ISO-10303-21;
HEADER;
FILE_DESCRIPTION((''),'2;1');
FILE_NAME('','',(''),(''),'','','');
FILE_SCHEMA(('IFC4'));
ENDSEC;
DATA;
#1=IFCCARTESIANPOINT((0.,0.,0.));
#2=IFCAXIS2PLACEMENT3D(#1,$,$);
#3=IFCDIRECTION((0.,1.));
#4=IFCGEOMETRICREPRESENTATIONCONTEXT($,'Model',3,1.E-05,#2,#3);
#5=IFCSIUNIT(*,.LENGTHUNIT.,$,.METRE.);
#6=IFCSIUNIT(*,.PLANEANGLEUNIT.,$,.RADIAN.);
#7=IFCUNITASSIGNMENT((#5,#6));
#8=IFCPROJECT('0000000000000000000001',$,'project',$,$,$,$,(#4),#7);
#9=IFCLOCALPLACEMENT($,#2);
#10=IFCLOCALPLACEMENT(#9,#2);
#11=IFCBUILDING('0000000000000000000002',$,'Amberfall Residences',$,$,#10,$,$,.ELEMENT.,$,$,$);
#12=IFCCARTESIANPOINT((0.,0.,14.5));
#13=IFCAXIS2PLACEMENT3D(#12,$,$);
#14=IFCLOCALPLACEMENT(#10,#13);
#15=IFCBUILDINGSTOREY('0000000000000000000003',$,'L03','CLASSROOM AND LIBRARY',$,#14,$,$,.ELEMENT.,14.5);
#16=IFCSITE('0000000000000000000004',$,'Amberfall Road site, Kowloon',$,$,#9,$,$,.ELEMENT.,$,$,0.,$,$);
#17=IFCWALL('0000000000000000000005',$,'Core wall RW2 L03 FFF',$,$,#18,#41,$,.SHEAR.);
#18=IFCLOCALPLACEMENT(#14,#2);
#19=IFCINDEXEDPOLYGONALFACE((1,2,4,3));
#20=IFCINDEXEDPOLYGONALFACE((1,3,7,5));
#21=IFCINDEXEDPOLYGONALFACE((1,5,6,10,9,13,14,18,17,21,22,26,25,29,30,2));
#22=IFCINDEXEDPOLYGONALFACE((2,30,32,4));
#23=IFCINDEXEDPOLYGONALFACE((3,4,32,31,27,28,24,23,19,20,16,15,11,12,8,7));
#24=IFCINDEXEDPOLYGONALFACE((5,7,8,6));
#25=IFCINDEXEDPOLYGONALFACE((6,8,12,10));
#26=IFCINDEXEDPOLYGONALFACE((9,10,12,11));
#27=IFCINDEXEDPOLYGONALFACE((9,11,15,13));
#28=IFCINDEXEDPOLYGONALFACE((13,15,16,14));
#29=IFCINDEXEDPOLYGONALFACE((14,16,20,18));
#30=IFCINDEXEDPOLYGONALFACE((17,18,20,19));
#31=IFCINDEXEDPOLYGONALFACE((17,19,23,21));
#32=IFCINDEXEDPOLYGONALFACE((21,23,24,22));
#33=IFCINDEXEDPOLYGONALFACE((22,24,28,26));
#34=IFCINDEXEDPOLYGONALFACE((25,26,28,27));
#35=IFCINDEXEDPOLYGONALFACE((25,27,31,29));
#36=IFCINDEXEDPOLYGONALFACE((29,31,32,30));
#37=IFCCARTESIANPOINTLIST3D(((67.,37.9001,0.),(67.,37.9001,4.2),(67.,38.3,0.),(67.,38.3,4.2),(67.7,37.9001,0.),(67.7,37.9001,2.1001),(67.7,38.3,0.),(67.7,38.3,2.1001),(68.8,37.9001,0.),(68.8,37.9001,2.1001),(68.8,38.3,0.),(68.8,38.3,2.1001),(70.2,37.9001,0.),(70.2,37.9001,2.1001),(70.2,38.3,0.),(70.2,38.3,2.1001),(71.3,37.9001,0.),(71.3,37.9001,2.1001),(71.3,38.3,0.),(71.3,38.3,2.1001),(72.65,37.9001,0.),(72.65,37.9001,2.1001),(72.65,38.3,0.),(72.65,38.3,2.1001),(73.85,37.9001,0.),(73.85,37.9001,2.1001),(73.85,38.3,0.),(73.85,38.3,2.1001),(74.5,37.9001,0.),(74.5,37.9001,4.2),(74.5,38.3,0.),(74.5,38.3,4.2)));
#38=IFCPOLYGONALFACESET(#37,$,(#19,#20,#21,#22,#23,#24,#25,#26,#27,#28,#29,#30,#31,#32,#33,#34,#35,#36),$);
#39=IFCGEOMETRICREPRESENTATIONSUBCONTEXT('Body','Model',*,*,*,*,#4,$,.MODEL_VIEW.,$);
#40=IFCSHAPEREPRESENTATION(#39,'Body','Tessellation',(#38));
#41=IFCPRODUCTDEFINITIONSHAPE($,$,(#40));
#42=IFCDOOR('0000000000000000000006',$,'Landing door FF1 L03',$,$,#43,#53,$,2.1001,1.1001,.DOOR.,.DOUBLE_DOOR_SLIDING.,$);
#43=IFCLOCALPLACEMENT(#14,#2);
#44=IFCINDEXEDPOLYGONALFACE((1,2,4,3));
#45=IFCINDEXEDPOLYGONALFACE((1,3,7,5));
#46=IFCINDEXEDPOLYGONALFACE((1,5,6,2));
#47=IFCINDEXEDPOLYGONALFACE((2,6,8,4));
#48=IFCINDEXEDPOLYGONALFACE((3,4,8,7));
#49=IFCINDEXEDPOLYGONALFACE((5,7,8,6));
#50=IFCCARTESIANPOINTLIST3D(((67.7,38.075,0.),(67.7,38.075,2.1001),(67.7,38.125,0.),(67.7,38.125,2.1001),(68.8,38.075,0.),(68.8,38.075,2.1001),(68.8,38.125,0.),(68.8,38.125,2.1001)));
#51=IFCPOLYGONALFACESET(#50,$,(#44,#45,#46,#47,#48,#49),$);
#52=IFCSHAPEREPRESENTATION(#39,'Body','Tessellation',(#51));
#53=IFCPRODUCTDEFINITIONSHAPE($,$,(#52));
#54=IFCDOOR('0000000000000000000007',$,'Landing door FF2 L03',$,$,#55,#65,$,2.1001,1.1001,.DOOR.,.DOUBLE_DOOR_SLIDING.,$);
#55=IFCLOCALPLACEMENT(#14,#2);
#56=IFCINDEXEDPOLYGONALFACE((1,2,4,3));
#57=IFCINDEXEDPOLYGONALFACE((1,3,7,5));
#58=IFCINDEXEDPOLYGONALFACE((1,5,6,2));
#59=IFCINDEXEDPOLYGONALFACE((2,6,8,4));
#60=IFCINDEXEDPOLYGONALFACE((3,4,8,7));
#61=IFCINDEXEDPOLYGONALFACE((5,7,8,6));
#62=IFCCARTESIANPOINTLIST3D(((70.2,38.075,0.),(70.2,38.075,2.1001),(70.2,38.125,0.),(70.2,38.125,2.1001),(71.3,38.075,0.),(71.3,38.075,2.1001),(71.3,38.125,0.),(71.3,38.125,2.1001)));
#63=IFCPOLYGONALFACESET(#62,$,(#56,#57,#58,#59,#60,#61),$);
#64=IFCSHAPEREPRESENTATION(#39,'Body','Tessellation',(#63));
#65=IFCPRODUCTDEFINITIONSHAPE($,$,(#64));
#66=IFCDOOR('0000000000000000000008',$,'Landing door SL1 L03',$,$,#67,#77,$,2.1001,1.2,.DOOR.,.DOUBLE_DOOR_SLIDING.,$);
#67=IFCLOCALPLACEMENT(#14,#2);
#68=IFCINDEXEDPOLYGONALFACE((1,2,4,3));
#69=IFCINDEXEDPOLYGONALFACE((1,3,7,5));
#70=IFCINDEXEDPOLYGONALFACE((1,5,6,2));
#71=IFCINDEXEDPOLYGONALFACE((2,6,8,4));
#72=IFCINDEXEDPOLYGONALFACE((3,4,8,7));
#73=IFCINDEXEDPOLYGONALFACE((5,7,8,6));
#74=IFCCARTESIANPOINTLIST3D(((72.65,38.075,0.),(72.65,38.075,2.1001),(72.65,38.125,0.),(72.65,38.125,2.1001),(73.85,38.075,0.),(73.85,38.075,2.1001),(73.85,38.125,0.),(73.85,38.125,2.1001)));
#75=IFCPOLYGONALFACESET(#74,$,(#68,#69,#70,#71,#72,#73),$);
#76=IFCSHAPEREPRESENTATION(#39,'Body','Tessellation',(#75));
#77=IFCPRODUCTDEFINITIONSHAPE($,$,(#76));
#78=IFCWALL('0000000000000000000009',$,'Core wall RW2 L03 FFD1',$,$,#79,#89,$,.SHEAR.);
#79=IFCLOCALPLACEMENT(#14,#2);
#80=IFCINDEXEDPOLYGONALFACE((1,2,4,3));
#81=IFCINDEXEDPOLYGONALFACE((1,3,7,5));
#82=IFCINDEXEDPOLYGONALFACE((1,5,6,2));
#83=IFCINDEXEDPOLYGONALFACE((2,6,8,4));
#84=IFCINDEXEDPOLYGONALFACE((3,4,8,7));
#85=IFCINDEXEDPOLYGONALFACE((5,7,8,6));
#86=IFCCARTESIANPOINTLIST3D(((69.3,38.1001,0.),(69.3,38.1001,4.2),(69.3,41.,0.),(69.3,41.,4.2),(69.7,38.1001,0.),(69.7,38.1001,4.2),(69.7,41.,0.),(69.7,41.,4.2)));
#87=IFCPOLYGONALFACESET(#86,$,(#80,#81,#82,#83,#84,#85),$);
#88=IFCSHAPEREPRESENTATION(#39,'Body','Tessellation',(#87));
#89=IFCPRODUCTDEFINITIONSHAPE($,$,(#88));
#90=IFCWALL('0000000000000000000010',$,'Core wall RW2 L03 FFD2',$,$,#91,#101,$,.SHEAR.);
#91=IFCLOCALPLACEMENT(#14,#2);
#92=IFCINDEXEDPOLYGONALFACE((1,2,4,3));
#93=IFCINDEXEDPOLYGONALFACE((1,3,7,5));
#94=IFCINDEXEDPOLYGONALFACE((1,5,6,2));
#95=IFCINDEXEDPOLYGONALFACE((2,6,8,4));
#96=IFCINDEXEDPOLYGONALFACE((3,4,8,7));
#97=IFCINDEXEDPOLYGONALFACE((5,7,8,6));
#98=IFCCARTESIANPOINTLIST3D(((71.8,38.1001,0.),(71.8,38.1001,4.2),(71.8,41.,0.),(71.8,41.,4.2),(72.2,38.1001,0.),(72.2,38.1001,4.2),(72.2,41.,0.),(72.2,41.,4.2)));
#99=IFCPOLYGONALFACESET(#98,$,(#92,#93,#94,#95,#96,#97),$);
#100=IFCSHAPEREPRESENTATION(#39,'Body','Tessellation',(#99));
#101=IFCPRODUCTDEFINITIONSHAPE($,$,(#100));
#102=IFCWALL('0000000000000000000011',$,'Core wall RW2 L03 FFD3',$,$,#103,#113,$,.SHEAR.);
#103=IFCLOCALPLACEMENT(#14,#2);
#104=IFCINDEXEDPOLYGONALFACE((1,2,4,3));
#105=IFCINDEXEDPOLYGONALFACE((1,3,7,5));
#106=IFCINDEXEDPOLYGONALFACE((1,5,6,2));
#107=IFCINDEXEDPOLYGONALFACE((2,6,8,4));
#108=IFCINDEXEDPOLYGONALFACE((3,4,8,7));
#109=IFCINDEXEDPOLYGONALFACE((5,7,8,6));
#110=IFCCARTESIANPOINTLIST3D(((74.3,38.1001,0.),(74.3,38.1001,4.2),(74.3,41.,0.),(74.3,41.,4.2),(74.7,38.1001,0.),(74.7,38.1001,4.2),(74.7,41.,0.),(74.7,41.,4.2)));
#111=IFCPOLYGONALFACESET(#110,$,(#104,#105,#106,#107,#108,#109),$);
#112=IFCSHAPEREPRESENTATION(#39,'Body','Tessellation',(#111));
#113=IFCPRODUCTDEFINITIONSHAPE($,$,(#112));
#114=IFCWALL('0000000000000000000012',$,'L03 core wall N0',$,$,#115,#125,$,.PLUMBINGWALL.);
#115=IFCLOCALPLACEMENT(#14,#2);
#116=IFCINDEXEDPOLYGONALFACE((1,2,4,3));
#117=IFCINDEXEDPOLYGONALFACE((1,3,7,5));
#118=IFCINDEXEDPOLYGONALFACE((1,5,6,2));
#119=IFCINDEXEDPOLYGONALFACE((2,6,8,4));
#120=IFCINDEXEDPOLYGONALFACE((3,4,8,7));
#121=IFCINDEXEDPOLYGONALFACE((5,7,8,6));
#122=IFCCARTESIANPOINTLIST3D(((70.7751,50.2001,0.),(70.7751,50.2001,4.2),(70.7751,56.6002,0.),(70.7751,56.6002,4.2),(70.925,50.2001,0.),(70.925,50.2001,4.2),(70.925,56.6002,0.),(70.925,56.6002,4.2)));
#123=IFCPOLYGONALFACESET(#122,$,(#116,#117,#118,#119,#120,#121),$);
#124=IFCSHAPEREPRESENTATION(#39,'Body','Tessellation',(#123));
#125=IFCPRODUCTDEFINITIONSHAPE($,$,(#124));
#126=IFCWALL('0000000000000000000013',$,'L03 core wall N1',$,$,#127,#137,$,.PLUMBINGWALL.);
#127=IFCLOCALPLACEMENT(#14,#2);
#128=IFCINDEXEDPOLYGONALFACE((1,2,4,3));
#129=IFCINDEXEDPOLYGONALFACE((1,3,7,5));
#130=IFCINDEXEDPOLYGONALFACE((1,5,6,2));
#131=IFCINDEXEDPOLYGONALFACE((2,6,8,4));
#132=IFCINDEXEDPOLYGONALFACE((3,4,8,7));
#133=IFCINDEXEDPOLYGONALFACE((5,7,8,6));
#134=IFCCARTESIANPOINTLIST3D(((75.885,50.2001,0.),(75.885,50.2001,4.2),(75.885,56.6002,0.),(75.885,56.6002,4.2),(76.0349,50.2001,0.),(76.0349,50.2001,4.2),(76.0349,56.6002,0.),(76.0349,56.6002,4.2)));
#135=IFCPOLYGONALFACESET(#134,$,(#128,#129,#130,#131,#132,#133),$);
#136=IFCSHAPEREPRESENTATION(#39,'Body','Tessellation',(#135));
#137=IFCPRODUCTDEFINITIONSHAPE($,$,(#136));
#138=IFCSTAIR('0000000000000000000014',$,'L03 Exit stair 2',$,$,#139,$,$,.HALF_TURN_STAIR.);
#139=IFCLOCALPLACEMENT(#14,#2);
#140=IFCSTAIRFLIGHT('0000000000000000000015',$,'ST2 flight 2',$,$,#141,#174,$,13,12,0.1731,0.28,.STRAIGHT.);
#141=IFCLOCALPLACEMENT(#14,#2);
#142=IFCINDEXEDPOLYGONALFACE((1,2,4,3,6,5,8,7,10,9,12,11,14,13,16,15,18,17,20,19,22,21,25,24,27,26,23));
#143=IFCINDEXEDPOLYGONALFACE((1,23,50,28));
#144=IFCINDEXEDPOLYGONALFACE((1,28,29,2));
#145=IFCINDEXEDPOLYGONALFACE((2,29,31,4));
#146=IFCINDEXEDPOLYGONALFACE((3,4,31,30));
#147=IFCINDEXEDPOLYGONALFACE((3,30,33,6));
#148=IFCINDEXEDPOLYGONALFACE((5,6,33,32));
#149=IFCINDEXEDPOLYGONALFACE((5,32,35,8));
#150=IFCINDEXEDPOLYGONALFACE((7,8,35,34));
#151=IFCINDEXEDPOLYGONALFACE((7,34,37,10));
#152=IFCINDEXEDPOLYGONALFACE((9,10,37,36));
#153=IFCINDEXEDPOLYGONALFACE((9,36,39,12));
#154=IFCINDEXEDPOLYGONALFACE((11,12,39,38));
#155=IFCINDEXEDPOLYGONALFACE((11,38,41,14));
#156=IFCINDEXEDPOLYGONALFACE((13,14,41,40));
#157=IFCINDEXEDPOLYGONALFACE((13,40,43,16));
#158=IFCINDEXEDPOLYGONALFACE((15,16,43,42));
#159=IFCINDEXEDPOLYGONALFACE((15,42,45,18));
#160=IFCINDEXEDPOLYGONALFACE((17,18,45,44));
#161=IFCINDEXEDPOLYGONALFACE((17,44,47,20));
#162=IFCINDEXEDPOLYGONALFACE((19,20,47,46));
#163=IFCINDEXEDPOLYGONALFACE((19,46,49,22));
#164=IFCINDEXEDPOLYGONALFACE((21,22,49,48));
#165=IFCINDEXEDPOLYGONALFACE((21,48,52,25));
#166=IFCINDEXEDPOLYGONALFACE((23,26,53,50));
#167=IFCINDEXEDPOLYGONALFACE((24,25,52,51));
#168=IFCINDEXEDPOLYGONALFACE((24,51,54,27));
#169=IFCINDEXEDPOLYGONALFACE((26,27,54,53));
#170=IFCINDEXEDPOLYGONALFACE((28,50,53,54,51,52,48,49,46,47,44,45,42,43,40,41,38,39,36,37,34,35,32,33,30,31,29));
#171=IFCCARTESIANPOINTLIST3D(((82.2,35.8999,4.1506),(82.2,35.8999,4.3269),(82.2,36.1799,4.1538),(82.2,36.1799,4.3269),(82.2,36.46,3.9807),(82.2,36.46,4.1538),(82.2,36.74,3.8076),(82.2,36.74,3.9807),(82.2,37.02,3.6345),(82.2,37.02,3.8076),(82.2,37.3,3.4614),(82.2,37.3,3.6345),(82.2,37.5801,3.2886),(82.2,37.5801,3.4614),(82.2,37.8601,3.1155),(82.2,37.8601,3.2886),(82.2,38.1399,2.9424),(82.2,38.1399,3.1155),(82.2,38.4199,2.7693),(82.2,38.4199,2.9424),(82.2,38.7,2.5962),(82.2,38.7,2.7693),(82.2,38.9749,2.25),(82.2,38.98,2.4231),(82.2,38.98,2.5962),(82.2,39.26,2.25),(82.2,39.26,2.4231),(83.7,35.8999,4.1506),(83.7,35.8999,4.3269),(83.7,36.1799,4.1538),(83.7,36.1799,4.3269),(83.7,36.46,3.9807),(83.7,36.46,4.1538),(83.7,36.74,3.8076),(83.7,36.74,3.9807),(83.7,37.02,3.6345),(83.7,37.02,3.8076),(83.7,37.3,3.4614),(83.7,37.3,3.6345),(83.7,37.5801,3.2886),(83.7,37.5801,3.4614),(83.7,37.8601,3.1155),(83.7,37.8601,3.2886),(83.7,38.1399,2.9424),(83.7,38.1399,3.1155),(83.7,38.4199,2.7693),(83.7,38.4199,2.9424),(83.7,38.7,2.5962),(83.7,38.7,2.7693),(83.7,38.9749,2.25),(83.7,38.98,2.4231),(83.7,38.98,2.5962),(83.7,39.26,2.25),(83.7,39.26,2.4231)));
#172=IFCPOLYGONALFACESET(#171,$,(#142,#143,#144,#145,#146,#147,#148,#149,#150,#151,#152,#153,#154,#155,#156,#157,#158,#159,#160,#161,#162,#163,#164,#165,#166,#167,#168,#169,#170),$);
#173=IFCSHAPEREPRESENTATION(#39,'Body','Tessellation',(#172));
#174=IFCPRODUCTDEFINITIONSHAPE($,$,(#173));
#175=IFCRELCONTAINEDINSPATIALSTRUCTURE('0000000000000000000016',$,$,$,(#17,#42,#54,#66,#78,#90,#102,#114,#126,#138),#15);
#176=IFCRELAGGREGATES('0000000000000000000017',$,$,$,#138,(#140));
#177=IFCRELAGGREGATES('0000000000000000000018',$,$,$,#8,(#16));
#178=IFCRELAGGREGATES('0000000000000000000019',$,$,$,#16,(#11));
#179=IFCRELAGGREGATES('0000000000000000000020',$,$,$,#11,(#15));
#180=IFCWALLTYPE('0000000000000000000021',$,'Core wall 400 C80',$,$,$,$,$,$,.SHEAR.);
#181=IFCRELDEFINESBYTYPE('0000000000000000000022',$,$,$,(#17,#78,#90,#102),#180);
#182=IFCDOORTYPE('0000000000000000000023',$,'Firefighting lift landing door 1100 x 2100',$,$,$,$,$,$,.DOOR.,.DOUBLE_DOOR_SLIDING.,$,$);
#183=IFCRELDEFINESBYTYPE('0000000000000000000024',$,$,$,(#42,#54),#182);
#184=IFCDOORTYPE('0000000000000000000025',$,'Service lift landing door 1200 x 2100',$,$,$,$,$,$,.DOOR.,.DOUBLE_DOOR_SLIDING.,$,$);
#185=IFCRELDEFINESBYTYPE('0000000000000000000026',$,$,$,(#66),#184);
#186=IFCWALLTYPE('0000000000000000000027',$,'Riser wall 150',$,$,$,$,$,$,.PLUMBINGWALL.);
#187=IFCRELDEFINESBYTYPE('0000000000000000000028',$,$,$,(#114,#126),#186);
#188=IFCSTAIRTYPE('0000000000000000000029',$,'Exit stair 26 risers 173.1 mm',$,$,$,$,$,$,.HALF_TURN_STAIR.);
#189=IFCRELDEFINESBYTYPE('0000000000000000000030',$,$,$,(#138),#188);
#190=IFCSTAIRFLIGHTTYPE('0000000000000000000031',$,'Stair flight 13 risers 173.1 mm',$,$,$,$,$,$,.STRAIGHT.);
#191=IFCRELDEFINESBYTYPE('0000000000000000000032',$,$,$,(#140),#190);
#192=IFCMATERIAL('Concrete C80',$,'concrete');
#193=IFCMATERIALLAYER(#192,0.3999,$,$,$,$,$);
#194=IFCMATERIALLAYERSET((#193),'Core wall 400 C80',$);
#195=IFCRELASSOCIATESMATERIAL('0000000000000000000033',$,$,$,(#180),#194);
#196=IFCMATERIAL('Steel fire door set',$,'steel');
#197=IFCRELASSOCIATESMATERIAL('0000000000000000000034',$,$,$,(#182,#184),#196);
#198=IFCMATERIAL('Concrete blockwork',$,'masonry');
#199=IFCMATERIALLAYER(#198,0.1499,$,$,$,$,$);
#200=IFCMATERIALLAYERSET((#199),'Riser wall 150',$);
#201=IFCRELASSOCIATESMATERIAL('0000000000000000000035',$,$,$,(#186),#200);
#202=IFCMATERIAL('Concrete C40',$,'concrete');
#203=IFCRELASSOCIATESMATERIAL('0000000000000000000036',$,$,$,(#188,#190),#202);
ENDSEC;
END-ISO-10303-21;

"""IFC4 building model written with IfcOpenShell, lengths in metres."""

from ifc_helpers import new_model, si_unit, direction, frame, frame_2d, origin, place, context, subcontext, project, spatial, polyline, rectangle, outline, extrude, material, layer, layer_set, type_object, element, fill, aggregate, save


model = new_model("IFC4")

# Units and contexts
model_context = context("Model", 3, precision=1e-05, world=origin(), true_north=direction((0.0, 1.0)))
body_context = subcontext(model_context, "Body", "Model", "MODEL_VIEW")
ifc_project = project(units=[si_unit("LENGTHUNIT", "METRE"), si_unit("PLANEANGLEUNIT", "RADIAN")], contexts=[model_context])

# Site, building, storey
site_placement = place(None, origin())
site = spatial("IfcSite", under=ifc_project, at=site_placement, Name="Amberfall Road site, Kowloon", CompositionType="ELEMENT", RefElevation=0.0)
building_placement = place(site_placement, origin())
building = spatial("IfcBuilding", under=site, at=building_placement, Name="Amberfall Residences", CompositionType="ELEMENT")
storey_placement = place(building_placement, frame((0.0, 0.0, 14.5)))
storey = spatial("IfcBuildingStorey", under=building, at=storey_placement, Name="L03", Description="CLASSROOM AND LIBRARY", CompositionType="ELEMENT", Elevation=14.5)

# Shared definitions
ifc_material_1 = material(Name="Concrete C80", Category="concrete")
ifc_layer_1 = layer(ifc_material_1, 0.3999)
ifc_layer_set_1 = layer_set([ifc_layer_1], Name="Core wall 400 C80")
wall_type_1 = type_object("IfcWallType", Name="Core wall 400 C80", PredefinedType="SHEAR", material=ifc_layer_set_1)

# Wall, openings, doors
wall_placement = place(storey_placement, frame((67.0, 38.1001, 0.0), z_axis=(0.0, 0.0, 1.0), x_axis=(1.0, 0.0, 0.0)))
wall = element("IfcWall", 1, at=wall_placement, inside=storey, type_object=wall_type_1, Name="Core wall RW2 L03 FFF", PredefinedType="SHEAR", context=body_context, shape_type="SweptSolid", body=[
    extrude(rectangle(XDim=7.5, YDim=0.3999, at=frame_2d((3.75, 0.0))), origin(), (0.0, 0.0, 1.0), 4.2),
])
opening_1_placement = place(wall_placement, frame((0.7, 0.0, 0.0)))
opening_1 = element("IfcOpeningElement", 2, at=opening_1_placement, cuts=wall, PredefinedType="OPENING", context=body_context, shape_type="SweptSolid", body=[
    extrude(rectangle(XDim=1.1001, YDim=2.1001, at=frame_2d((0.55, 1.05))), frame((0.0, 0.21, 0.0), z_axis=(0.0, -1.0, 0.0), x_axis=(1.0, 0.0, 0.0)), (0.0, 0.0, 1.0), 0.4199),
])
opening_2_placement = place(wall_placement, frame((3.2, 0.0, 0.0)))
opening_2 = element("IfcOpeningElement", 3, at=opening_2_placement, cuts=wall, PredefinedType="OPENING", context=body_context, shape_type="SweptSolid", body=[
    extrude(rectangle(XDim=1.1001, YDim=2.1001, at=frame_2d((0.55, 1.05))), frame((0.0, 0.21, 0.0), z_axis=(0.0, -1.0, 0.0), x_axis=(1.0, 0.0, 0.0)), (0.0, 0.0, 1.0), 0.4199),
])
opening_3_placement = place(wall_placement, frame((5.6499, 0.0, 0.0)))
opening_3 = element("IfcOpeningElement", 4, at=opening_3_placement, cuts=wall, PredefinedType="OPENING", context=body_context, shape_type="SweptSolid", body=[
    extrude(rectangle(XDim=1.2, YDim=2.1001, at=frame_2d((0.6001, 1.05))), frame((0.0, 0.21, 0.0), z_axis=(0.0, -1.0, 0.0), x_axis=(1.0, 0.0, 0.0)), (0.0, 0.0, 1.0), 0.4199),
])
ifc_material_2 = material(Name="Steel fire door set", Category="steel")
door_type_1 = type_object("IfcDoorType", Name="Firefighting lift landing door 1100 x 2100", OperationType="DOUBLE_DOOR_SLIDING", PredefinedType="DOOR", material=ifc_material_2)
door_1_placement = place(opening_1_placement, origin())
door_1 = element("IfcDoor", 5, at=door_1_placement, inside=storey, type_object=door_type_1, Name="Landing door FF1 L03", OperationType="DOUBLE_DOOR_SLIDING", OverallHeight=2.1001, OverallWidth=1.1001, PredefinedType="DOOR", context=body_context, shape_type="SweptSolid", body=[
    extrude(rectangle(XDim=1.1001, YDim=2.1001, at=frame_2d((0.55, 1.05))), frame((0.0, 0.0249, 0.0), z_axis=(0.0, -1.0, 0.0), x_axis=(1.0, 0.0, 0.0)), (0.0, 0.0, 1.0), 0.05),
])
fill(opening_1, door_1)
door_2_placement = place(opening_2_placement, origin())
door_2 = element("IfcDoor", 6, at=door_2_placement, inside=storey, type_object=door_type_1, Name="Landing door FF2 L03", OperationType="DOUBLE_DOOR_SLIDING", OverallHeight=2.1001, OverallWidth=1.1001, PredefinedType="DOOR", context=body_context, shape_type="SweptSolid", body=[
    extrude(rectangle(XDim=1.1001, YDim=2.1001, at=frame_2d((0.55, 1.05))), frame((0.0, 0.0249, 0.0), z_axis=(0.0, -1.0, 0.0), x_axis=(1.0, 0.0, 0.0)), (0.0, 0.0, 1.0), 0.05),
])
fill(opening_2, door_2)
door_type_2 = type_object("IfcDoorType", Name="Service lift landing door 1200 x 2100", OperationType="DOUBLE_DOOR_SLIDING", PredefinedType="DOOR", material=ifc_material_2)
door_3_placement = place(opening_3_placement, origin())
door_3 = element("IfcDoor", 7, at=door_3_placement, inside=storey, type_object=door_type_2, Name="Landing door SL1 L03", OperationType="DOUBLE_DOOR_SLIDING", OverallHeight=2.1001, OverallWidth=1.2, PredefinedType="DOOR", context=body_context, shape_type="SweptSolid", body=[
    extrude(rectangle(XDim=1.2, YDim=2.1001, at=frame_2d((0.6001, 1.05))), frame((0.0, 0.0249, 0.0), z_axis=(0.0, -1.0, 0.0), x_axis=(1.0, 0.0, 0.0)), (0.0, 0.0, 1.0), 0.05),
])
fill(opening_3, door_3)

# Walls
for number, where, z_axis, x_axis, name in (
    (8, (69.5, 38.1001, 0.0), (0.0, 0.0, 1.0), (0.0, 1.0, 0.0), "Core wall RW2 L03 FFD1"),
    (9, (72.0, 38.1001, 0.0), (0.0, 0.0, 1.0), (0.0, 1.0, 0.0), "Core wall RW2 L03 FFD2"),
    (10, (74.5, 38.1001, 0.0), (0.0, 0.0, 1.0), (0.0, 1.0, 0.0), "Core wall RW2 L03 FFD3"),
):
    element("IfcWall", number, at=place(storey_placement, frame(where, z_axis=z_axis, x_axis=x_axis)), inside=storey, type_object=wall_type_1, Name=name, PredefinedType="SHEAR", context=body_context, shape_type="SweptSolid", body=[
        extrude(rectangle(XDim=2.8999, YDim=0.3999, at=frame_2d((1.45, 0.0))), origin(), (0.0, 0.0, 1.0), 4.2),
    ])
ifc_material_3 = material(Name="Concrete blockwork", Category="masonry")
ifc_layer_2 = layer(ifc_material_3, 0.1499)
ifc_layer_set_2 = layer_set([ifc_layer_2], Name="Riser wall 150")
wall_type_2 = type_object("IfcWallType", Name="Riser wall 150", PredefinedType="PLUMBINGWALL", material=ifc_layer_set_2)
for number, where, z_axis, x_axis, name in (
    (11, (70.8501, 50.2, 0.0), (0.0, 0.0, 1.0), (0.0, 1.0, 0.0), "L03 core wall N0"),
    (12, (75.96, 50.2, 0.0), (0.0, 0.0, 1.0), (0.0, 1.0, 0.0), "L03 core wall N1"),
):
    element("IfcWall", number, at=place(storey_placement, frame(where, z_axis=z_axis, x_axis=x_axis)), inside=storey, type_object=wall_type_2, Name=name, PredefinedType="PLUMBINGWALL", context=body_context, shape_type="SweptSolid", body=[
        extrude(rectangle(XDim=6.4001, YDim=0.1499, at=frame_2d((3.2002, 0.0))), origin(), (0.0, 0.0, 1.0), 4.2),
    ])

# Stair, stair flight
ifc_material_4 = material(Name="Concrete C40", Category="concrete")
stair_type = type_object("IfcStairType", Name="Exit stair 26 risers 173.1 mm", PredefinedType="HALF_TURN_STAIR", material=ifc_material_4)
stair_1_placement = place(storey_placement, origin())
stair_1 = element("IfcStair", 13, at=stair_1_placement, inside=storey, type_object=stair_type, Name="L03 Exit stair 2", PredefinedType="HALF_TURN_STAIR")
stair_flight_type = type_object("IfcStairFlightType", Name="Stair flight 13 risers 173.1 mm", PredefinedType="STRAIGHT", material=ifc_material_4)
stair_flight_1_placement = place(storey_placement, frame((82.95, 39.26, 2.25), z_axis=(0.0, 0.0, 1.0), x_axis=(0.0, -1.0, 0.0)))
stair_flight_1 = element("IfcStairFlight", 14, at=stair_flight_1_placement, type_object=stair_flight_type, Name="ST2 flight 2", NumberOfRisers=13, NumberOfTreads=12, PredefinedType="STRAIGHT", RiserHeight=0.1731, TreadLength=0.28, context=body_context, shape_type="SweptSolid", body=[
    extrude(outline(polyline([(0.0, 0.0), (0.0, 0.1731), (0.28, 0.1731), (0.28, 0.3462), (0.5601, 0.3462), (0.5601, 0.5193), (0.8401, 0.5193), (0.8401, 0.6924), (1.1201, 0.6924), (1.1201, 0.8655), (1.3999, 0.8655), (1.3999, 1.0386), (1.6799, 1.0386), (1.6799, 1.2114), (1.96, 1.2114), (1.96, 1.3845), (2.24, 1.3845), (2.24, 1.5576), (2.52, 1.5576), (2.52, 1.7307), (2.8, 1.7307), (2.8, 1.9038), (3.0801, 1.9038), (3.0801, 2.0769), (3.3601, 2.0769), (3.3601, 2.25), (3.3601, 1.9006), (0.2852, 0.0), (0.0, 0.0)])), frame((0.0, 0.75, 0.0), z_axis=(0.0, -1.0, 0.0), x_axis=(1.0, 0.0, 0.0)), (0.0, 0.0, 1.0), 1.5),
])
aggregate(stair_1, [stair_flight_1])

save(model, "model.ifc")
